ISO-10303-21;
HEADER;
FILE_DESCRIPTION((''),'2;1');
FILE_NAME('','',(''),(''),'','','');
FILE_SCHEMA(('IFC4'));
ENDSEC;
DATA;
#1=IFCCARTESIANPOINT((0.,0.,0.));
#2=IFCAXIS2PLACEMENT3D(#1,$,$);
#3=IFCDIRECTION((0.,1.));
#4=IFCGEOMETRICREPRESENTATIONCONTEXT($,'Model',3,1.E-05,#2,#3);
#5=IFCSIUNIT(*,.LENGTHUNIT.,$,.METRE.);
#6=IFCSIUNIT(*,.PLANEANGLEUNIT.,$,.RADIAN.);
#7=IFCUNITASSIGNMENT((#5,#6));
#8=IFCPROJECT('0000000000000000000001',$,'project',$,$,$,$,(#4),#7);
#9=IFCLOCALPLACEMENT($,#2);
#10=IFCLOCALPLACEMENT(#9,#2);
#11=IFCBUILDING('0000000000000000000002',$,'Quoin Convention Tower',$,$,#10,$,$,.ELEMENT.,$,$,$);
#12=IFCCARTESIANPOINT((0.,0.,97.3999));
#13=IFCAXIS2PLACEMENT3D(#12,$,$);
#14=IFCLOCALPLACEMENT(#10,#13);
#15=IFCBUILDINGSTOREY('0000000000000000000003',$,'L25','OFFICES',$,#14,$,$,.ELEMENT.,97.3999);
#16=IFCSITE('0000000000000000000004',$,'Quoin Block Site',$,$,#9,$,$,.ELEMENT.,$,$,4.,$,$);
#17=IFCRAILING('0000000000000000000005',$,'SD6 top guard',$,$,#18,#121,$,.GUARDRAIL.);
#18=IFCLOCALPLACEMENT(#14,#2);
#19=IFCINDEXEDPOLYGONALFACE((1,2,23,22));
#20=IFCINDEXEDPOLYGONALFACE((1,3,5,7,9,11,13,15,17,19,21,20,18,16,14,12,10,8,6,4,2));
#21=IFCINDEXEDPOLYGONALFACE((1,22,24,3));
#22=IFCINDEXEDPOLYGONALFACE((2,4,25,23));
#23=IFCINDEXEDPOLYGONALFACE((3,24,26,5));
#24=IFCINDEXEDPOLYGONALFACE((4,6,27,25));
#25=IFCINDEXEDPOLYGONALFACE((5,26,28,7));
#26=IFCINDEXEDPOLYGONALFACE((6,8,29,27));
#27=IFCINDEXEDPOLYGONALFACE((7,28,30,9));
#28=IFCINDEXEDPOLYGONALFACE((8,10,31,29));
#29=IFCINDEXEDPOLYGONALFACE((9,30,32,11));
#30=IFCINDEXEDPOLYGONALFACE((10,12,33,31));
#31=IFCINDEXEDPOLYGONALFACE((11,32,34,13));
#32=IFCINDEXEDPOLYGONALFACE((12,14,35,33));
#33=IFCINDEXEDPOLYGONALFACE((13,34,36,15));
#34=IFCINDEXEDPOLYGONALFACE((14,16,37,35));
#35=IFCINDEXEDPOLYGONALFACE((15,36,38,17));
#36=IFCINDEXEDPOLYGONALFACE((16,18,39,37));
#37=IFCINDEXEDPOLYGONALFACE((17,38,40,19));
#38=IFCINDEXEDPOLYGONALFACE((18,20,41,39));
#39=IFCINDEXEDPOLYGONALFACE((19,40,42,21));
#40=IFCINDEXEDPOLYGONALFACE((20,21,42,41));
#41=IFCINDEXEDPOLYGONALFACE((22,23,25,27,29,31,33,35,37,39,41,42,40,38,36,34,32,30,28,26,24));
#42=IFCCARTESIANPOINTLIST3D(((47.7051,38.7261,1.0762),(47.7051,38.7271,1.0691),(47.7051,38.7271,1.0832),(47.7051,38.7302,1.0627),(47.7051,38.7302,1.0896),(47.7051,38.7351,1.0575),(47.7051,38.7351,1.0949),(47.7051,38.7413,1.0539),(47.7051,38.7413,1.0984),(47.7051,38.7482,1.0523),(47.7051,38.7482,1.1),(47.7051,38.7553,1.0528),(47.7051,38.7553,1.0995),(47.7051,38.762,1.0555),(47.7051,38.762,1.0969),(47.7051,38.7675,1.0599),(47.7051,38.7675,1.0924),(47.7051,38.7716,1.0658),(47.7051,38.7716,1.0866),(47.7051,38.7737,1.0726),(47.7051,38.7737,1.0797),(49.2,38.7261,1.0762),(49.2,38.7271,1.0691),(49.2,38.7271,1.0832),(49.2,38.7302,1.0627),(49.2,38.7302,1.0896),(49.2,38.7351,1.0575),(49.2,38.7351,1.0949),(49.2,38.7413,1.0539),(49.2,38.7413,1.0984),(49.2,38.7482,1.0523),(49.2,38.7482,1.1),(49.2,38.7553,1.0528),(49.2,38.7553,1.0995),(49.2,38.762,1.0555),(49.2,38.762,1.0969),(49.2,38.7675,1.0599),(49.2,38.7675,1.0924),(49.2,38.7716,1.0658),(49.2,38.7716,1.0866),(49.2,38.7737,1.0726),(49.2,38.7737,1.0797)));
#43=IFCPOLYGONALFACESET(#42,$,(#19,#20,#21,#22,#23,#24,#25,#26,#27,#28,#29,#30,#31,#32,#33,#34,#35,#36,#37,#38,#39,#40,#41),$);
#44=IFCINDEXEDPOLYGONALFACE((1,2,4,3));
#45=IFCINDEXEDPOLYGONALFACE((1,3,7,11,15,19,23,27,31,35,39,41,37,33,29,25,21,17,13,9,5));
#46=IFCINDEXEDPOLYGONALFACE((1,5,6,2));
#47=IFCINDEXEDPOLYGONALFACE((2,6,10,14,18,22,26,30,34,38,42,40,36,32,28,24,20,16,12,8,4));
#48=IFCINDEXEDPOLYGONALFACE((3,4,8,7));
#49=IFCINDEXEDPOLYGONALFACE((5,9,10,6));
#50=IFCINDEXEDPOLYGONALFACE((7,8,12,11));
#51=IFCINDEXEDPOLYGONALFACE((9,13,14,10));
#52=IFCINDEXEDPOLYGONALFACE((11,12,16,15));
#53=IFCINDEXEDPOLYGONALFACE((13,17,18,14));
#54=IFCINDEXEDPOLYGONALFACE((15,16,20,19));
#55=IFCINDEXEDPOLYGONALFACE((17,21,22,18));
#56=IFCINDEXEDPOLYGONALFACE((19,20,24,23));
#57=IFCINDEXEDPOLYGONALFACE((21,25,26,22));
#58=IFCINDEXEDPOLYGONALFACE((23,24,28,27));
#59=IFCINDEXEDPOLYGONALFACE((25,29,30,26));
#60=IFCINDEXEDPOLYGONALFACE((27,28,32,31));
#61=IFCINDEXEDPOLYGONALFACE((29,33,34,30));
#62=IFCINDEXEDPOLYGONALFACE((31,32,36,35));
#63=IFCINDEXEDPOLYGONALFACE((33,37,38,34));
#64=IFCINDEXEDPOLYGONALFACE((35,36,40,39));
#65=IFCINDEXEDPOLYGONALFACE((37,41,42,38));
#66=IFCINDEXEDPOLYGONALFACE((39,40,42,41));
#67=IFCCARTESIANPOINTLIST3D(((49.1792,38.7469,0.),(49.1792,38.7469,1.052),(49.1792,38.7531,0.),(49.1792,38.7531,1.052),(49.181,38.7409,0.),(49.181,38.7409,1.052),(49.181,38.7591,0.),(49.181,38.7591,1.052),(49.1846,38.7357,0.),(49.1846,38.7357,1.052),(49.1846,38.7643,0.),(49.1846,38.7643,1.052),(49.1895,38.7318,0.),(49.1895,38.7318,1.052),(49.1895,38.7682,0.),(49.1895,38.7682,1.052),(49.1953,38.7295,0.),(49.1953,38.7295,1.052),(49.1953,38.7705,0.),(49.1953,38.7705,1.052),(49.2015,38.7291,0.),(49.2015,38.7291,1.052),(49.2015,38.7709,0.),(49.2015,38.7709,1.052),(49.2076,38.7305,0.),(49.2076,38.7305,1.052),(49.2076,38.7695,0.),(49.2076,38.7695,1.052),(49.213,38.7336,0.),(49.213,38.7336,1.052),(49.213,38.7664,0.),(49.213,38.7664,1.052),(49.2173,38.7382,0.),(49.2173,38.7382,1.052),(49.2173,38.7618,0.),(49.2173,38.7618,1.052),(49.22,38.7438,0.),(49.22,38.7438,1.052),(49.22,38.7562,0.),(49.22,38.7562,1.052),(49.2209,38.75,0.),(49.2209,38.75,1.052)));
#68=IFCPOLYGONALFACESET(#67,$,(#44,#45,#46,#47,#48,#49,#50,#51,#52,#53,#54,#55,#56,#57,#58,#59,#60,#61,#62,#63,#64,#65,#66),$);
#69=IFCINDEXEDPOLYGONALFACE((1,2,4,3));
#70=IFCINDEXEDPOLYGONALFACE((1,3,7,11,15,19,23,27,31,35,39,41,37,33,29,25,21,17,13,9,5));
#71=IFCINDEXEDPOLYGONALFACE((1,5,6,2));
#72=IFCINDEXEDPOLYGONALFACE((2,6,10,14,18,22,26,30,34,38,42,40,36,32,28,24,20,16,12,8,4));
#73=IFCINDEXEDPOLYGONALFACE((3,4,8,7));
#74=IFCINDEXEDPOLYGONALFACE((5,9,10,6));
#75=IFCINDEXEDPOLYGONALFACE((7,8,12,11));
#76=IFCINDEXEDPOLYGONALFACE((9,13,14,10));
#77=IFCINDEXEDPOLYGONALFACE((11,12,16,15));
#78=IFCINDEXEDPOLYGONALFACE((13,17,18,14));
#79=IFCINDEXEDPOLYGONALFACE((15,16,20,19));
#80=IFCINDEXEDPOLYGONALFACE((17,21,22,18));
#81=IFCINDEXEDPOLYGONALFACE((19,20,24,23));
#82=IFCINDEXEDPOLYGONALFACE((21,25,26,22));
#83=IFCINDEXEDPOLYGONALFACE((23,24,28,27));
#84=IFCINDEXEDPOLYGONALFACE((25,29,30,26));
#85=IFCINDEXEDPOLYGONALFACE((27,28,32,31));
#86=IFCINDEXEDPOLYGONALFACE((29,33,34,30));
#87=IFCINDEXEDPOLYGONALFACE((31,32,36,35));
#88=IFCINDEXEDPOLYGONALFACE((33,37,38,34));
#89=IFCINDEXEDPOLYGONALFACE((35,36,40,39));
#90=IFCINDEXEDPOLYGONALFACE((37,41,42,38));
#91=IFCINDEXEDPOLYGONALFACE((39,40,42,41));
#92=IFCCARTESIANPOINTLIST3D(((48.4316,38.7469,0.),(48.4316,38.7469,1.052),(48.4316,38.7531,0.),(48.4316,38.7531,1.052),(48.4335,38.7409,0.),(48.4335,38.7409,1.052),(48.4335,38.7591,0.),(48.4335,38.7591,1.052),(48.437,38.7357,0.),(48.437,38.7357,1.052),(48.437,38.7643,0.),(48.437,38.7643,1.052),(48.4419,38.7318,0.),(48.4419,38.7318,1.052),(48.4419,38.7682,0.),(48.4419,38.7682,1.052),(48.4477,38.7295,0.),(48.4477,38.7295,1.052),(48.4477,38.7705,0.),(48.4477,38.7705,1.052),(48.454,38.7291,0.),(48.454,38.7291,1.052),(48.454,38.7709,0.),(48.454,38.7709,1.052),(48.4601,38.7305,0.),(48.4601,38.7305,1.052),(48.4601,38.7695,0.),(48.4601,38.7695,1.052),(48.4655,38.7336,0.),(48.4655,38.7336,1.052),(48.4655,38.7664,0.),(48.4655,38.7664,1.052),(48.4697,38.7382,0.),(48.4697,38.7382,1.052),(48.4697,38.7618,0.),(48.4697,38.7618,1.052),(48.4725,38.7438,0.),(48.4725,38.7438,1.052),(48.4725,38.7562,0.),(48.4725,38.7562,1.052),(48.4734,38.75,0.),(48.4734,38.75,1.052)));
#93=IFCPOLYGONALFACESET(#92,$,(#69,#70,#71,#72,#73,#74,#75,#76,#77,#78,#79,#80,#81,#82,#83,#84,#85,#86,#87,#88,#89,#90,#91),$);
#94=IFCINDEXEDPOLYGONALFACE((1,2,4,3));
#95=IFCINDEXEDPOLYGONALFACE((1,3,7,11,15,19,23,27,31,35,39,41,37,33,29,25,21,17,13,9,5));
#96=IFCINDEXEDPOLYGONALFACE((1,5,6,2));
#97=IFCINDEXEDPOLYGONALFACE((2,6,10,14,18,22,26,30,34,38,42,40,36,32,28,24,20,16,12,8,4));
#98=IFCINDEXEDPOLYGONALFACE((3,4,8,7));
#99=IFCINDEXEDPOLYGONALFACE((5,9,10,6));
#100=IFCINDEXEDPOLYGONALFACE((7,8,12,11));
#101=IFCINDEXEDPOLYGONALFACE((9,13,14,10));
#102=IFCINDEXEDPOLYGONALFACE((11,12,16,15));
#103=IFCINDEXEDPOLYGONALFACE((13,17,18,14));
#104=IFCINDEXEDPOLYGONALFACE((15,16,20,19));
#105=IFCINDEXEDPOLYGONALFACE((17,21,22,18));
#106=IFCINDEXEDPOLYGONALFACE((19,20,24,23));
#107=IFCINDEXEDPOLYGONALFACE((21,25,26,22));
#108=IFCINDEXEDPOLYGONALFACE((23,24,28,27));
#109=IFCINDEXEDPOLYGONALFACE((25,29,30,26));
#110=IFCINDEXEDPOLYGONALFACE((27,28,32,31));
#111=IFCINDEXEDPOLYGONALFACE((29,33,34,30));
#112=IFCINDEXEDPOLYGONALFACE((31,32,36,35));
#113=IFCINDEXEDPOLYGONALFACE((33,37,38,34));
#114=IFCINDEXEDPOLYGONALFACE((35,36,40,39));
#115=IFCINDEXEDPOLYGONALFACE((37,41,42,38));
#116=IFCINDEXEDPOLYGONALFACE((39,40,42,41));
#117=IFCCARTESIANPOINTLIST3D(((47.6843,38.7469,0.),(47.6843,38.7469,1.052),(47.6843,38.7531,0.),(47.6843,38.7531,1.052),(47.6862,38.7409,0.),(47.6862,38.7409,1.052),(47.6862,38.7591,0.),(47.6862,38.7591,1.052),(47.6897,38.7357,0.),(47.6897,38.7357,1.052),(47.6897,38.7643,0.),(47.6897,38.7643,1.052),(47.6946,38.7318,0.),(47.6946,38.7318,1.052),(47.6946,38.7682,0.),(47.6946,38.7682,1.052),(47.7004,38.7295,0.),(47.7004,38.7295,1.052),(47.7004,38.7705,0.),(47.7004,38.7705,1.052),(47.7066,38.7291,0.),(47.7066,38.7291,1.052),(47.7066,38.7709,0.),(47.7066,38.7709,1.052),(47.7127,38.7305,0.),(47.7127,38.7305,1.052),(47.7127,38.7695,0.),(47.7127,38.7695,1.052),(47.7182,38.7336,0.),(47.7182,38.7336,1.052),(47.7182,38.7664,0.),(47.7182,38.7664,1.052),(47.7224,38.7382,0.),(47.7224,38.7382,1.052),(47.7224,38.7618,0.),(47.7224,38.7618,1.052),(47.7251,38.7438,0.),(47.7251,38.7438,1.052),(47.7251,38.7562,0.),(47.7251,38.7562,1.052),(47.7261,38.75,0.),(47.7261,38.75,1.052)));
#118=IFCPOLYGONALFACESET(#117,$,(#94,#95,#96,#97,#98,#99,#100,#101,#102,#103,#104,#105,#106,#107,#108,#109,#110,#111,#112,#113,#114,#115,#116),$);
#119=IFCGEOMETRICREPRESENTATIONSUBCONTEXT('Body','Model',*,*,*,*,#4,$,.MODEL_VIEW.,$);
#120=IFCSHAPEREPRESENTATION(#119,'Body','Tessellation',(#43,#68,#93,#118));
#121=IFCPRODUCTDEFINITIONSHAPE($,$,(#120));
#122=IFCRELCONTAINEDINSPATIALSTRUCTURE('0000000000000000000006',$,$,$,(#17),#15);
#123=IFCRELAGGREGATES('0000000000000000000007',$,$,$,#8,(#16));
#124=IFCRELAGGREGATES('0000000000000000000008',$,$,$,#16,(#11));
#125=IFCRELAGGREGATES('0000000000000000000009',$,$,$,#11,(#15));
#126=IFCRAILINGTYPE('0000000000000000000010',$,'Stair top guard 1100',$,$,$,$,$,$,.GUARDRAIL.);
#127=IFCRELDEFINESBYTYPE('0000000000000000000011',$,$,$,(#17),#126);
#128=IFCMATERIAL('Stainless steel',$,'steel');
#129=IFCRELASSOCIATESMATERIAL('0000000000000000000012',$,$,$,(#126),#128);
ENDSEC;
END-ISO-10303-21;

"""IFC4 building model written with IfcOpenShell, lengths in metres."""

from ifc_helpers import new_model, si_unit, direction, frame, origin, origin_2d, place, context, subcontext, project, spatial, circle, extrude, material, type_object, element, save


model = new_model("IFC4")

# Units and contexts
model_context = context("Model", 3, precision=1e-05, world=origin(), true_north=direction((0.0, 1.0)))
body_context = subcontext(model_context, "Body", "Model", "MODEL_VIEW")
ifc_project = project(units=[si_unit("LENGTHUNIT", "METRE"), si_unit("PLANEANGLEUNIT", "RADIAN")], contexts=[model_context])

# Site, building, storey
site_placement = place(None, origin())
site = spatial("IfcSite", under=ifc_project, at=site_placement, Name="Quoin Block Site", CompositionType="ELEMENT", RefElevation=4.0)
building_placement = place(site_placement, origin())
building = spatial("IfcBuilding", under=site, at=building_placement, Name="Quoin Convention Tower", CompositionType="ELEMENT")
storey_placement = place(building_placement, frame((0.0, 0.0, 97.3999)))
storey = spatial("IfcBuildingStorey", under=building, at=storey_placement, Name="L25", Description="OFFICES", CompositionType="ELEMENT", Elevation=97.3999)

# Railing
ifc_material_1 = material(Name="Stainless steel", Category="steel")
railing_type_1 = type_object("IfcRailingType", Name="Stair top guard 1100", PredefinedType="GUARDRAIL", material=ifc_material_1)
railing_1_placement = place(storey_placement, frame((49.2, 38.75, 0.0)))
element("IfcRailing", 1, at=railing_1_placement, inside=storey, type_object=railing_type_1, Name="SD6 top guard", PredefinedType="GUARDRAIL", context=body_context, shape_type="SweptSolid", body=[
    extrude(circle(Radius=0.0239, at=origin_2d()), frame((0.0, 0.0, 1.0762), z_axis=(-1.0, 0.0, 0.0), x_axis=(0.0, -1.0, 0.0)), (0.0, 0.0, 1.0), 1.4949),
    extrude(circle(Radius=0.021, at=origin_2d()), origin(), (0.0, 0.0, 1.0), 1.052),
    extrude(circle(Radius=0.021, at=origin_2d()), frame((-0.7476, 0.0, 0.0)), (0.0, 0.0, 1.0), 1.052),
    extrude(circle(Radius=0.021, at=origin_2d()), frame((-1.4949, 0.0, 0.0)), (0.0, 0.0, 1.0), 1.052),
])

save(model, "model.ifc")
